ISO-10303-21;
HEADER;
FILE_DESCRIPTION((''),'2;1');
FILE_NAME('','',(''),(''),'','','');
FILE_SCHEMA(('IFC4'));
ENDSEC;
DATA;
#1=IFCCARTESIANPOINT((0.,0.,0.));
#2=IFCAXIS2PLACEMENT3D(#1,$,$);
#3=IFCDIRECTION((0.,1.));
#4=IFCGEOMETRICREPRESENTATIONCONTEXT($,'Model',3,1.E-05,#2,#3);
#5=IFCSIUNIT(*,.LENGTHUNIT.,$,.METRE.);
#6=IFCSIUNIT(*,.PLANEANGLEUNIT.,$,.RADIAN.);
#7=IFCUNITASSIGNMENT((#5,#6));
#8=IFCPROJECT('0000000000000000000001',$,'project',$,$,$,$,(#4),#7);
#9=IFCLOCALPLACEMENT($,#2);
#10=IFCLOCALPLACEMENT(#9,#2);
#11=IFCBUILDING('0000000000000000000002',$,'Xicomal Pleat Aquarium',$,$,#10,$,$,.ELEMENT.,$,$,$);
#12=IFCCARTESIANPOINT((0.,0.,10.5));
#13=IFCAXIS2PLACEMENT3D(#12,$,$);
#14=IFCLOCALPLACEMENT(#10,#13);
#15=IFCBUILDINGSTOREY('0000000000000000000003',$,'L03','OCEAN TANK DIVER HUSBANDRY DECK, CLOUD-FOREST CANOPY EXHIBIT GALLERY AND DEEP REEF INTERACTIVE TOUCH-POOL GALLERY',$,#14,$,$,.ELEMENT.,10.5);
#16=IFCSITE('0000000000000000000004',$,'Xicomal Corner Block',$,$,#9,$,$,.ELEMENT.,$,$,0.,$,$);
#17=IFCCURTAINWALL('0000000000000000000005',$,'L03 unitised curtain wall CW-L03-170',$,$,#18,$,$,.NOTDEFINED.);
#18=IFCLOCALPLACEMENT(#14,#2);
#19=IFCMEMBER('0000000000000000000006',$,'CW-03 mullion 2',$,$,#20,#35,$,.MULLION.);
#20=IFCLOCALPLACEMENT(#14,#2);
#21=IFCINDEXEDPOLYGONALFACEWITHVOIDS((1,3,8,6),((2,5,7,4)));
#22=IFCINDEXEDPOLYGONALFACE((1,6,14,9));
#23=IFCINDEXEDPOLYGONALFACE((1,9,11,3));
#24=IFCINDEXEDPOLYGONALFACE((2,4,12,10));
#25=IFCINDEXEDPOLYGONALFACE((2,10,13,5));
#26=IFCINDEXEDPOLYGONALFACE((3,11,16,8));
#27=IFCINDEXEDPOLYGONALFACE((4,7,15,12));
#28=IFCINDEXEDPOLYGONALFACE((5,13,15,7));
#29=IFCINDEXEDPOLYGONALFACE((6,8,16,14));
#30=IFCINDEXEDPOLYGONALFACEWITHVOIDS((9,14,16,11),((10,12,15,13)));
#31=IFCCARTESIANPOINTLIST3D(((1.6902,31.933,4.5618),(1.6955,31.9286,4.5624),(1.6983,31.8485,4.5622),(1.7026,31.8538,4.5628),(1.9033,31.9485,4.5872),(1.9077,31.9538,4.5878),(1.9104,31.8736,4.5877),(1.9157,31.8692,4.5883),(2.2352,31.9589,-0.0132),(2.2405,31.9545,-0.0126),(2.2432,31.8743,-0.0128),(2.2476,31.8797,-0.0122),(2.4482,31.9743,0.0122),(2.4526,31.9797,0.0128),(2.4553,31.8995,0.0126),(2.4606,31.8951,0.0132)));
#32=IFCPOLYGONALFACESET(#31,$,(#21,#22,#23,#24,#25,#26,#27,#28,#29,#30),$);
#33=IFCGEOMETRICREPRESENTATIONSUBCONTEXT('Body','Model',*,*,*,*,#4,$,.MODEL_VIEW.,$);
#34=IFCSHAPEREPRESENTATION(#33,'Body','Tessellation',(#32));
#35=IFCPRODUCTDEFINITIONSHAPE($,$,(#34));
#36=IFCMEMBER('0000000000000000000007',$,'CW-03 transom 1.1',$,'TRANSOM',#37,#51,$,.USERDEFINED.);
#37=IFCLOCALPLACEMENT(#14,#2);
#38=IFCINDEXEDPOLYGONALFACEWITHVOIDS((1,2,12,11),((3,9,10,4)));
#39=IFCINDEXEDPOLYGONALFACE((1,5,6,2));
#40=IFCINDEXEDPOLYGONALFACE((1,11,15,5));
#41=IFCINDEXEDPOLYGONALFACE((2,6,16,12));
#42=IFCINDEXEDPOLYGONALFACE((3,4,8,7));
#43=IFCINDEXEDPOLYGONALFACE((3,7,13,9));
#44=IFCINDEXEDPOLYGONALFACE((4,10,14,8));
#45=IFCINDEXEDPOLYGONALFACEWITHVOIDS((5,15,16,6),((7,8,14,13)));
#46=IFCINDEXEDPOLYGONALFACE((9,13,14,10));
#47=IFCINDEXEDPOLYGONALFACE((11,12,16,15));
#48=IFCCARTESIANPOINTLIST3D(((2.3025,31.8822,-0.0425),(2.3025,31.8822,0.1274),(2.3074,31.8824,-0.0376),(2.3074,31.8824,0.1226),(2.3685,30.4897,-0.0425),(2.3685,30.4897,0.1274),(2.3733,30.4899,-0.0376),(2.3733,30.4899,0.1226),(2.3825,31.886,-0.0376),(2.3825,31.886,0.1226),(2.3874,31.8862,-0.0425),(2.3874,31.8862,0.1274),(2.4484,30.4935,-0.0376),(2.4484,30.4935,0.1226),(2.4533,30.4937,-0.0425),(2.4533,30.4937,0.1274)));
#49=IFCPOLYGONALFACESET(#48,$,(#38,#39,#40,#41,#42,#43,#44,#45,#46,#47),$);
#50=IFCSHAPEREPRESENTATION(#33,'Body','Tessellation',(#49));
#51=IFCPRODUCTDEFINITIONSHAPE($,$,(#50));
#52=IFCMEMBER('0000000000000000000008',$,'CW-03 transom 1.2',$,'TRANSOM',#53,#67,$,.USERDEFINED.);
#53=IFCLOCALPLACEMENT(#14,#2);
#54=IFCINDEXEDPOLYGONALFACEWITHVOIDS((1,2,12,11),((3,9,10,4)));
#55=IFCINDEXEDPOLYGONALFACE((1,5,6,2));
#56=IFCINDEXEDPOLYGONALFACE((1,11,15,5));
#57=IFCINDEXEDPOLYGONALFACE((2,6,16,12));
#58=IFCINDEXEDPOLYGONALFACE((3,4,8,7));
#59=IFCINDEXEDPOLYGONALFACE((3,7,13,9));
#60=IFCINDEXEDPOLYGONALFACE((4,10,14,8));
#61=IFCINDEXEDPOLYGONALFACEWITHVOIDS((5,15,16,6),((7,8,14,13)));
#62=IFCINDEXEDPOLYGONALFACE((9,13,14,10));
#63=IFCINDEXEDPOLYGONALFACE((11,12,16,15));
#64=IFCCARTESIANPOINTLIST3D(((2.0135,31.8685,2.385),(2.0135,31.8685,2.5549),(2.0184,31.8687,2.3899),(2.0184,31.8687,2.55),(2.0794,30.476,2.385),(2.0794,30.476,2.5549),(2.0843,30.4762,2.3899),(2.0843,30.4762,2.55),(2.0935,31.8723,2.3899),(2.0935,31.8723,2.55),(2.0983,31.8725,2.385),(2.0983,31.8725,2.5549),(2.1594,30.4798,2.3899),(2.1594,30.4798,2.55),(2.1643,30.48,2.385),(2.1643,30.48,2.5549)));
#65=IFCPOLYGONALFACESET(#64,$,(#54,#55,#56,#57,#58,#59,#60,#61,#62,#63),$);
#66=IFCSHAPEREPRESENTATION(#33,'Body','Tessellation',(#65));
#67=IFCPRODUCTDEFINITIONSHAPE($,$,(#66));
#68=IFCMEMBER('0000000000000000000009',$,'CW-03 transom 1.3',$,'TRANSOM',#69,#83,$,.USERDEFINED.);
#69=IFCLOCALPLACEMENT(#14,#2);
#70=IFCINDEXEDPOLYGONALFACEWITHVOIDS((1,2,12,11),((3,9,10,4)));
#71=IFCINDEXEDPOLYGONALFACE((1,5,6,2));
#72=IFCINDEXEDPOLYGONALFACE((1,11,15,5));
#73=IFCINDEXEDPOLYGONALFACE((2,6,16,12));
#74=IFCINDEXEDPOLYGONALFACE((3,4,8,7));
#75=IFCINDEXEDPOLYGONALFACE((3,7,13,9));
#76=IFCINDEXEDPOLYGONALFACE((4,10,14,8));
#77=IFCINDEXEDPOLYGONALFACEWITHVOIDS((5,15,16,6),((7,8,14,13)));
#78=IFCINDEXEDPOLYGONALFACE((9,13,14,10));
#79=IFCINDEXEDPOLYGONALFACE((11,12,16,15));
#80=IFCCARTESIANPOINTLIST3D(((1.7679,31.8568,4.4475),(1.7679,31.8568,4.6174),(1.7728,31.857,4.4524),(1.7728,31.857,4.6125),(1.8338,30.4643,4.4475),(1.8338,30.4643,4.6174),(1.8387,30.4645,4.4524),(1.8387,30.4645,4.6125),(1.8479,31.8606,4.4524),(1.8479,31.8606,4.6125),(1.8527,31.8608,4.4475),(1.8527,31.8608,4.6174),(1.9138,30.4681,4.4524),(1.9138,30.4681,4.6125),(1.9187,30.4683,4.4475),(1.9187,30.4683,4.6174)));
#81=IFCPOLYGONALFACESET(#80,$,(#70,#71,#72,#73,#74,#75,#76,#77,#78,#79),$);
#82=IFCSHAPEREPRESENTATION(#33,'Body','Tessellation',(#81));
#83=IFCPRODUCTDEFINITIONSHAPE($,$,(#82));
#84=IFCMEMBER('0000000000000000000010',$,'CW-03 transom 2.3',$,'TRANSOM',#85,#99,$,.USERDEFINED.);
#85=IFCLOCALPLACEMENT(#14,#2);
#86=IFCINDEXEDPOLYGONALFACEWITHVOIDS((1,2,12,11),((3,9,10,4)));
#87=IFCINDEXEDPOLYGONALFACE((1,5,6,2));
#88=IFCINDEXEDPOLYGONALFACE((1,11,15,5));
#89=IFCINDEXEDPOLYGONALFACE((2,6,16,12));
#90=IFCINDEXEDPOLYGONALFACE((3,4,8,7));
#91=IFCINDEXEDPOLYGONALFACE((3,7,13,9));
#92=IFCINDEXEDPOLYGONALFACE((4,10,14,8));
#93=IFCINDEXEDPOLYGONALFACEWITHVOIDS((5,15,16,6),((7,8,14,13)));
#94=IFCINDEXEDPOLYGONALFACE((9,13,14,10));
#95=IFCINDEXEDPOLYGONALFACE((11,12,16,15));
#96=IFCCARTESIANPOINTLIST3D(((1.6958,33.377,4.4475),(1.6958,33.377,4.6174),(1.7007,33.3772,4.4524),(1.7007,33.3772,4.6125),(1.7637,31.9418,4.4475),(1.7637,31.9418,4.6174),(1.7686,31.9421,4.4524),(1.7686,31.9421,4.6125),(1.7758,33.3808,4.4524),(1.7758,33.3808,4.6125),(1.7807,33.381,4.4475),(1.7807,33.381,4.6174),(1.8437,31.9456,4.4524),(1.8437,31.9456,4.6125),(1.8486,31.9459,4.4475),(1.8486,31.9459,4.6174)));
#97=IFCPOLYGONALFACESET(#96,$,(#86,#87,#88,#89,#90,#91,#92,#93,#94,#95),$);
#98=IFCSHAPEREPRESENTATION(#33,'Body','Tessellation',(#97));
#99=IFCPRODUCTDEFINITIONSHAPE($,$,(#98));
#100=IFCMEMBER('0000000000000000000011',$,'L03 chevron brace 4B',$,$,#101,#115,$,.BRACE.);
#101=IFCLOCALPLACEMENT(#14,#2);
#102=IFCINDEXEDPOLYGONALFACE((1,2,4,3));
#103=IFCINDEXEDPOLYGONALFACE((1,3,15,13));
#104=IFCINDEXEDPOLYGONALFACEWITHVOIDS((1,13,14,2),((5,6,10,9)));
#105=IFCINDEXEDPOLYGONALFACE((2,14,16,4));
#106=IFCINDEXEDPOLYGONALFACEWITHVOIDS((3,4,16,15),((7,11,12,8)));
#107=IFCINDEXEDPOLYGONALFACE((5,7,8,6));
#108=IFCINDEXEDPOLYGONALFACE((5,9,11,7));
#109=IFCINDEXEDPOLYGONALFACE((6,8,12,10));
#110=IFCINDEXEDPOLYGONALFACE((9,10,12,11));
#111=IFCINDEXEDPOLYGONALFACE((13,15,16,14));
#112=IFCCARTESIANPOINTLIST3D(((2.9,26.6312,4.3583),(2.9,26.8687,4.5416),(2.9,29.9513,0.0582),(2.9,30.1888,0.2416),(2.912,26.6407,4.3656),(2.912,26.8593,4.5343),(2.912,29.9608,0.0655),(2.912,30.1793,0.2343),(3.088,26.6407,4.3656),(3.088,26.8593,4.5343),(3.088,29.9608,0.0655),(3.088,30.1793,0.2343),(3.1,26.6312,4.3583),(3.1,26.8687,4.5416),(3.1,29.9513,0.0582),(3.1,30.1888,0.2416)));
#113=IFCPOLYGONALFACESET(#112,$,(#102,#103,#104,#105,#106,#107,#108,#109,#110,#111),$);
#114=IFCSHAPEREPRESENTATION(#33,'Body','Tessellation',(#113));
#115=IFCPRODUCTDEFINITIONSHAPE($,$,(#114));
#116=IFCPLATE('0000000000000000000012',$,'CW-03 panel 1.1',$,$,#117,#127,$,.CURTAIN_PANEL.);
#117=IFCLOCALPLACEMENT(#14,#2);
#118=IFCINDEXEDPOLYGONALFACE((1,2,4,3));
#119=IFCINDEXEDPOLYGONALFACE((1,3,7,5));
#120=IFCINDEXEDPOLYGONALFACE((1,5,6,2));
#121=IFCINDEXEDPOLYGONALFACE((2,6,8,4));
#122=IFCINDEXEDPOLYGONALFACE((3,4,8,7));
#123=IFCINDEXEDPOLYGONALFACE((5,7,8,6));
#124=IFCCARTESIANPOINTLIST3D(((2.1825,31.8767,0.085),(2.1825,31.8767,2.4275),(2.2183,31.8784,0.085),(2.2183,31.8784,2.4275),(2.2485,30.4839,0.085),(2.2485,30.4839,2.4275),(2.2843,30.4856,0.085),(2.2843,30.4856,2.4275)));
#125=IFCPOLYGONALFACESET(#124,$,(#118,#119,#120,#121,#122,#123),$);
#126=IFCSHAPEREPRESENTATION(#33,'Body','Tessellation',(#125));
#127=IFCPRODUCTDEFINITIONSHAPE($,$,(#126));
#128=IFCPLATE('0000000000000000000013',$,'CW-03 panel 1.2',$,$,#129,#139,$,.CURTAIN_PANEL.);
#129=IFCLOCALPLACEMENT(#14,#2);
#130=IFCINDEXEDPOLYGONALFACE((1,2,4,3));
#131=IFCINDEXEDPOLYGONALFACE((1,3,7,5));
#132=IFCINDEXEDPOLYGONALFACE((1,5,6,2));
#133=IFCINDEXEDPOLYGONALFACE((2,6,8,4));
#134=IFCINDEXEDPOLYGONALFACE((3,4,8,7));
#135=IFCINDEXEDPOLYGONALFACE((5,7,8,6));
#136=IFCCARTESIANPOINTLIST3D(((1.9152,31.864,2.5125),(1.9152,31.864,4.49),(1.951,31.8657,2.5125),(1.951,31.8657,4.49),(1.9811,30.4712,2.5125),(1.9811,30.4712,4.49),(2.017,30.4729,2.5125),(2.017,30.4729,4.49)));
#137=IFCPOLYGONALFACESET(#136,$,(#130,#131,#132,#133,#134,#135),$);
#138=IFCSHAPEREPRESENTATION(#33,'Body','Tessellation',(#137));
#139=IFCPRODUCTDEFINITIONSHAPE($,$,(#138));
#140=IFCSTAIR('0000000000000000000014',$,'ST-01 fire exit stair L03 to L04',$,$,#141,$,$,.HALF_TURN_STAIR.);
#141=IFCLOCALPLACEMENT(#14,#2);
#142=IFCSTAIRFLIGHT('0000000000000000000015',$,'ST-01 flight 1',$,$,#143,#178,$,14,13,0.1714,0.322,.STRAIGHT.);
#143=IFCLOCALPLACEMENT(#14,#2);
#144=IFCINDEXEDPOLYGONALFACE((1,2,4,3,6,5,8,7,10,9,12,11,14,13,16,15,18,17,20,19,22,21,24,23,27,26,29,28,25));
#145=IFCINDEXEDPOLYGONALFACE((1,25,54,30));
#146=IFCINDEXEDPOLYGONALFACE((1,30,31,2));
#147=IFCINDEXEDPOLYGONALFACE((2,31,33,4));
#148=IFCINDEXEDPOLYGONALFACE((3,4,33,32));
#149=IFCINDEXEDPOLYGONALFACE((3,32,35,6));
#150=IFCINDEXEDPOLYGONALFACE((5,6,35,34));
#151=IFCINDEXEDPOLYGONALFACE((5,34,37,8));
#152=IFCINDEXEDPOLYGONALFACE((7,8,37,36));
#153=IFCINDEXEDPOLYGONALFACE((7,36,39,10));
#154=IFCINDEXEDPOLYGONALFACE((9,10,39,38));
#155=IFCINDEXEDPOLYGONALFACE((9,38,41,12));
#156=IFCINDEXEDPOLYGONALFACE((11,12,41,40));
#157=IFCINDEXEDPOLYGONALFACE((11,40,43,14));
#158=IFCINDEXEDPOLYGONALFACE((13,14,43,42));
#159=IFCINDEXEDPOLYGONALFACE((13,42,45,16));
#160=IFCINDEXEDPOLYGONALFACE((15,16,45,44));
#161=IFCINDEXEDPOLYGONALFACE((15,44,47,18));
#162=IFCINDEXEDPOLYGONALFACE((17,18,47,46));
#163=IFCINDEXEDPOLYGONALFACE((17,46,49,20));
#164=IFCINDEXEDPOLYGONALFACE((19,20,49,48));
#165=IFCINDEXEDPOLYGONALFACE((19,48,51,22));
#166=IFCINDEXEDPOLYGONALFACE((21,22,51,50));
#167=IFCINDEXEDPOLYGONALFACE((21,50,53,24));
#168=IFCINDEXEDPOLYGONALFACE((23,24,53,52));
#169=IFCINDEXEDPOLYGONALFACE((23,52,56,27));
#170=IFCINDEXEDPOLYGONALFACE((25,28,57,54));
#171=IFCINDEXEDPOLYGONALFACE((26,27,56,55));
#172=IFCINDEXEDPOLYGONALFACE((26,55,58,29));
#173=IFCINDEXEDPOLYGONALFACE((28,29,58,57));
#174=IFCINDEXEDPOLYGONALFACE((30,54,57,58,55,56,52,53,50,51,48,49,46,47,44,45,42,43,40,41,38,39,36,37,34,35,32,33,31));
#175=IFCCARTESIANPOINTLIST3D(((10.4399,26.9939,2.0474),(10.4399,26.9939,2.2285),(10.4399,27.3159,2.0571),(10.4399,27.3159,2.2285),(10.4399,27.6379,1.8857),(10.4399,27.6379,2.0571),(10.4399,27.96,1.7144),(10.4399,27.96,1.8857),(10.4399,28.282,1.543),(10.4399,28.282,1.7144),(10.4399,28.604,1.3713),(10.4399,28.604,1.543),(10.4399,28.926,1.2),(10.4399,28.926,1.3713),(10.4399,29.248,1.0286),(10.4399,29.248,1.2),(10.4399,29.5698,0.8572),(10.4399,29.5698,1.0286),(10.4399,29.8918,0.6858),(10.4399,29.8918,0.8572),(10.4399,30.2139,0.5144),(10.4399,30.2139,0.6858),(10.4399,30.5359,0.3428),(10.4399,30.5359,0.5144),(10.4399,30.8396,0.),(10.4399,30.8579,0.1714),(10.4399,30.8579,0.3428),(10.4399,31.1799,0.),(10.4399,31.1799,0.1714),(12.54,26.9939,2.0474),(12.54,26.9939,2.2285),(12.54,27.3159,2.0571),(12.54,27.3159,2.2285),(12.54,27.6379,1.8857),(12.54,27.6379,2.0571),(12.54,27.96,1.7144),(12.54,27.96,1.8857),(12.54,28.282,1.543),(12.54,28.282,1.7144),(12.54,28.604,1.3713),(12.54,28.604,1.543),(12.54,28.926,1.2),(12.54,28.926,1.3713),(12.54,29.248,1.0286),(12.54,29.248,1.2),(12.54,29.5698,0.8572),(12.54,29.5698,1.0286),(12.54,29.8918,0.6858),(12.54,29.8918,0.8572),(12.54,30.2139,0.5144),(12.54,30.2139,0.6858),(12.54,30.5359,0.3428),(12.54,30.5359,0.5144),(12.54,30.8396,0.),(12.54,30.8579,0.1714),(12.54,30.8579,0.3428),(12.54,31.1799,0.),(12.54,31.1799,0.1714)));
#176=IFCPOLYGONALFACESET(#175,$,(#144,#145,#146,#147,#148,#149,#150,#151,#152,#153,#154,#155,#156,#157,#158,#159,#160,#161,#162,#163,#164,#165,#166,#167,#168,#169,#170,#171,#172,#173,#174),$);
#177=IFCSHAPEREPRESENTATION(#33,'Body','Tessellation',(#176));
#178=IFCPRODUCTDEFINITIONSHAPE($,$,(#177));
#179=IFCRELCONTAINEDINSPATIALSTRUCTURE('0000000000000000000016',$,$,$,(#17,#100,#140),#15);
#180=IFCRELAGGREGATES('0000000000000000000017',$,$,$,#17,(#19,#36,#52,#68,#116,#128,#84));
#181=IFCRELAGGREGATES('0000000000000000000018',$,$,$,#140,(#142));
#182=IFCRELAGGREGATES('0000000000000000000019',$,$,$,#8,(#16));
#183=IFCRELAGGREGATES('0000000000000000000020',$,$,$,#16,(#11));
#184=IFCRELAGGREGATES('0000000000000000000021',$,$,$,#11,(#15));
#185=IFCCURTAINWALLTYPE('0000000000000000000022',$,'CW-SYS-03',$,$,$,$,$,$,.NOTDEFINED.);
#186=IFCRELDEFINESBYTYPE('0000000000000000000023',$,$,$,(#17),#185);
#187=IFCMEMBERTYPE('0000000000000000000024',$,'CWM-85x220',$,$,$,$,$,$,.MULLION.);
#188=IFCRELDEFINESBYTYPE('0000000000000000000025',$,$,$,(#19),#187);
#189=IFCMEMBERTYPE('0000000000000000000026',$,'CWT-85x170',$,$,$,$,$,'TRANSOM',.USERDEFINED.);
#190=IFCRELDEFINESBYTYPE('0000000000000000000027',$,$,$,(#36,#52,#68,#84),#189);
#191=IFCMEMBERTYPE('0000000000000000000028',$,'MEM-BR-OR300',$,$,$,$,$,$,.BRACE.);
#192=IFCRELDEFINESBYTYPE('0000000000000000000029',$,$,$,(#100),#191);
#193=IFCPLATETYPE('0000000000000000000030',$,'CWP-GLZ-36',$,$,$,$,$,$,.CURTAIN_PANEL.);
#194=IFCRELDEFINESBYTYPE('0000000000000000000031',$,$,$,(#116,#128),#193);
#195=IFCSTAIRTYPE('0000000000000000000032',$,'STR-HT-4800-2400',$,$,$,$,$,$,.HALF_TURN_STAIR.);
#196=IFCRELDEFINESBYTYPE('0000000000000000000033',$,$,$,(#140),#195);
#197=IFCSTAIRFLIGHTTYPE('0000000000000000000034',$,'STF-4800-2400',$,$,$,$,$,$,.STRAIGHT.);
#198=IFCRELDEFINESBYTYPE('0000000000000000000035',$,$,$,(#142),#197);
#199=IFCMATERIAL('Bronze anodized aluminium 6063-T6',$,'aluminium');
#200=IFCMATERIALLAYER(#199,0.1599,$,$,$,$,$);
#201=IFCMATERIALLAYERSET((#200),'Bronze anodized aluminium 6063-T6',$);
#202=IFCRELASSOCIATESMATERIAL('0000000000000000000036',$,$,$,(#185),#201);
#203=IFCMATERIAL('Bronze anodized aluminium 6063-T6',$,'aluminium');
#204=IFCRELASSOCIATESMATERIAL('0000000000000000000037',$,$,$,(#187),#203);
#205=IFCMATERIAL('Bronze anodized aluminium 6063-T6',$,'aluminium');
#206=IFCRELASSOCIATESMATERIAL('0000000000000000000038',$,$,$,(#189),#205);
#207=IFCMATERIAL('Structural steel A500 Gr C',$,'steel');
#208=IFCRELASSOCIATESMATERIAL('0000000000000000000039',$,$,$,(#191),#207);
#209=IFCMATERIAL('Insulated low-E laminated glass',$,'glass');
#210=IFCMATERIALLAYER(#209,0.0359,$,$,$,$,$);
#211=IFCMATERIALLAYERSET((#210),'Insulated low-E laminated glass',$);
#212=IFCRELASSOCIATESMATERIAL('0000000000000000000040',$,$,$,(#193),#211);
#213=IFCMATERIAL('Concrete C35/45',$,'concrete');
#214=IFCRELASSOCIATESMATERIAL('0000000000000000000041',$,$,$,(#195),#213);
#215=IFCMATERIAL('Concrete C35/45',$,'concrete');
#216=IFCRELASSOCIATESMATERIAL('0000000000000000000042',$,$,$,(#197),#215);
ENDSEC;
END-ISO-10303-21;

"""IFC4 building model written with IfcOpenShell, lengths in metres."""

from ifc_helpers import new_model, si_unit, direction, frame, origin, origin_2d, place, context, subcontext, project, spatial, polyline, rectangle, hollow_rectangle, outline, extrude, material, layer, layer_set, material_profile, profile_set, type_object, element, aggregate, save


model = new_model("IFC4")

# Units and contexts
model_context = context("Model", 3, precision=1e-05, world=origin(), true_north=direction((0.0, 1.0)))
body_context = subcontext(model_context, "Body", "Model", "MODEL_VIEW")
ifc_project = project(units=[si_unit("LENGTHUNIT", "METRE"), si_unit("PLANEANGLEUNIT", "RADIAN")], contexts=[model_context])

# Site, building, storey
site_placement = place(None, origin())
site = spatial("IfcSite", under=ifc_project, at=site_placement, Name="Xicomal Corner Block", CompositionType="ELEMENT", RefElevation=0.0)
building_placement = place(site_placement, origin())
building = spatial("IfcBuilding", under=site, at=building_placement, Name="Xicomal Pleat Aquarium", CompositionType="ELEMENT")
storey_placement = place(building_placement, frame((0.0, 0.0, 10.5)))
storey = spatial("IfcBuildingStorey", under=building, at=storey_placement, Name="L03", Description="OCEAN TANK DIVER HUSBANDRY DECK, CLOUD-FOREST CANOPY EXHIBIT GALLERY AND DEEP REEF INTERACTIVE TOUCH-POOL GALLERY", CompositionType="ELEMENT", Elevation=10.5)

# Curtain wall, members
ifc_material_1 = material(Name="Bronze anodized aluminium 6063-T6", Category="aluminium")
ifc_layer_1 = layer(ifc_material_1, 0.1599)
ifc_layer_set_1 = layer_set([ifc_layer_1], Name="Bronze anodized aluminium 6063-T6")
curtain_wall_type = type_object("IfcCurtainWallType", Name="CW-SYS-03", PredefinedType="NOTDEFINED", material=ifc_layer_set_1)
curtain_wall_placement = place(storey_placement, origin())
curtain_wall = element("IfcCurtainWall", 1, at=curtain_wall_placement, inside=storey, type_object=curtain_wall_type, Name="L03 unitised curtain wall CW-L03-170", PredefinedType="NOTDEFINED")
ifc_material_2 = material(Name="Bronze anodized aluminium 6063-T6", Category="aluminium")
ifc_material_profile_1 = material_profile(ifc_material_2, hollow_rectangle(XDim=0.085, YDim=0.22, WallThickness=0.0049, at=origin_2d()), Name="ALU MULL 85x220")
ifc_profile_set_1 = profile_set([ifc_material_profile_1], Name="Bronze anodized aluminium 6063-T6")
member_type_1 = type_object("IfcMemberType", Name="CWM-85x220", PredefinedType="MULLION", material=ifc_profile_set_1)
member_1_placement = place(storey_placement, frame((2.3479, 31.927, 0.0), z_axis=(-0.118272, -0.005617, 0.992965), x_axis=(-0.094314, 0.995527, -0.005602)))
member_1 = element("IfcMember", 2, at=member_1_placement, type_object=member_type_1, Name="CW-03 mullion 2", PredefinedType="MULLION", context=body_context, shape_type="SweptSolid", body=[
    extrude(hollow_rectangle(XDim=0.085, YDim=0.22, WallThickness=0.0049, at=origin_2d()), origin(), (0.0, 0.0, 1.0), 4.6074),
])
ifc_material_3 = material(Name="Bronze anodized aluminium 6063-T6", Category="aluminium")
ifc_material_profile_2 = material_profile(ifc_material_3, hollow_rectangle(XDim=0.085, YDim=0.1699, WallThickness=0.0049, at=origin_2d()), Name="ALU TRAN 85x170")
ifc_profile_set_2 = profile_set([ifc_material_profile_2], Name="Bronze anodized aluminium 6063-T6")
member_type_2 = type_object("IfcMemberType", Name="CWT-85x170", ElementType="TRANSOM", PredefinedType="USERDEFINED", material=ifc_profile_set_2)
member_2_placement = place(storey_placement, frame((2.4109, 30.4917, 0.0425), z_axis=(-0.047282, 0.998882, 0.0), x_axis=(-0.998882, -0.047282, 0.0)))
member_2 = element("IfcMember", 3, at=member_2_placement, type_object=member_type_2, Name="CW-03 transom 1.1", ObjectType="TRANSOM", PredefinedType="USERDEFINED", context=body_context, shape_type="SweptSolid", body=[
    extrude(hollow_rectangle(XDim=0.085, YDim=0.1699, WallThickness=0.0049, at=origin_2d()), origin(), (0.0, 0.0, 1.0), 1.394),
])
member_3_placement = place(storey_placement, frame((2.1218, 30.478, 2.47), z_axis=(-0.047282, 0.998882, 0.0), x_axis=(-0.998882, -0.047282, 0.0)))
member_3 = element("IfcMember", 4, at=member_3_placement, type_object=member_type_2, Name="CW-03 transom 1.2", ObjectType="TRANSOM", PredefinedType="USERDEFINED", context=body_context, shape_type="SweptSolid", body=[
    extrude(hollow_rectangle(XDim=0.085, YDim=0.1699, WallThickness=0.0049, at=origin_2d()), origin(), (0.0, 0.0, 1.0), 1.394),
])
member_4_placement = place(storey_placement, frame((1.8762, 30.4663, 4.5325), z_axis=(-0.047282, 0.998882, 0.0), x_axis=(-0.998882, -0.047282, 0.0)))
member_4 = element("IfcMember", 5, at=member_4_placement, type_object=member_type_2, Name="CW-03 transom 1.3", ObjectType="TRANSOM", PredefinedType="USERDEFINED", context=body_context, shape_type="SweptSolid", body=[
    extrude(hollow_rectangle(XDim=0.085, YDim=0.1699, WallThickness=0.0049, at=origin_2d()), origin(), (0.0, 0.0, 1.0), 1.394),
])
member_5_placement = place(storey_placement, frame((1.8062, 31.9438, 4.5325), z_axis=(-0.047242, 0.998883, 0.0), x_axis=(-0.998883, -0.047242, 0.0)))
member_5 = element("IfcMember", 6, at=member_5_placement, type_object=member_type_2, Name="CW-03 transom 2.3", ObjectType="TRANSOM", PredefinedType="USERDEFINED", context=body_context, shape_type="SweptSolid", body=[
    extrude(hollow_rectangle(XDim=0.085, YDim=0.1699, WallThickness=0.0049, at=origin_2d()), origin(), (0.0, 0.0, 1.0), 1.4368),
])

# Member
ifc_material_4 = material(Name="Structural steel A500 Gr C", Category="steel")
ifc_material_profile_3 = material_profile(ifc_material_4, hollow_rectangle(XDim=0.2, YDim=0.3, WallThickness=0.012, at=origin_2d()), Name="OR 300x200x12")
ifc_profile_set_3 = profile_set([ifc_material_profile_3], Name="Structural steel A500 Gr C")
member_type_3 = type_object("IfcMemberType", Name="MEM-BR-OR300", PredefinedType="BRACE", material=ifc_profile_set_3)
member_6_placement = place(storey_placement, frame((3.0, 30.0701, 0.1499), z_axis=(0.0, -0.611137, 0.791525), x_axis=(1.0, 0.0, 0.0)))
element("IfcMember", 7, at=member_6_placement, inside=storey, type_object=member_type_3, Name="L03 chevron brace 4B", PredefinedType="BRACE", context=body_context, shape_type="SweptSolid", body=[
    extrude(hollow_rectangle(XDim=0.2, YDim=0.3, WallThickness=0.012, at=origin_2d()), origin(), (0.0, 0.0, 1.0), 5.4326),
])

# Plates
ifc_material_5 = material(Name="Insulated low-E laminated glass", Category="glass")
ifc_layer_2 = layer(ifc_material_5, 0.0359)
ifc_layer_set_2 = layer_set([ifc_layer_2], Name="Insulated low-E laminated glass")
plate_type = type_object("IfcPlateType", Name="CWP-GLZ-36", PredefinedType="CURTAIN_PANEL", material=ifc_layer_set_2)
plate_1_placement = place(storey_placement, frame((2.2334, 31.1812, 0.085), z_axis=(0.0, 0.0, 1.0), x_axis=(-0.047315, 0.99888, 0.0)))
plate_1 = element("IfcPlate", 8, at=plate_1_placement, type_object=plate_type, Name="CW-03 panel 1.1", PredefinedType="CURTAIN_PANEL", context=body_context, shape_type="SweptSolid", body=[
    extrude(rectangle(XDim=1.3943, YDim=0.0359, at=origin_2d()), origin(), (0.0, 0.0, 1.0), 2.3425),
])
plate_2_placement = place(storey_placement, frame((1.9661, 31.1685, 2.5125), z_axis=(0.0, 0.0, 1.0), x_axis=(-0.047315, 0.99888, 0.0)))
plate_2 = element("IfcPlate", 9, at=plate_2_placement, type_object=plate_type, Name="CW-03 panel 1.2", PredefinedType="CURTAIN_PANEL", context=body_context, shape_type="SweptSolid", body=[
    extrude(rectangle(XDim=1.3943, YDim=0.0359, at=origin_2d()), origin(), (0.0, 0.0, 1.0), 1.9775),
])
aggregate(curtain_wall, [member_1, member_2, member_3, member_4, plate_1, plate_2, member_5])

# Stair, stair flight
ifc_material_6 = material(Name="Concrete C35/45", Category="concrete")
stair_type = type_object("IfcStairType", Name="STR-HT-4800-2400", PredefinedType="HALF_TURN_STAIR", material=ifc_material_6)
stair_placement = place(storey_placement, origin())
stair = element("IfcStair", 10, at=stair_placement, inside=storey, type_object=stair_type, Name="ST-01 fire exit stair L03 to L04", PredefinedType="HALF_TURN_STAIR")
ifc_material_7 = material(Name="Concrete C35/45", Category="concrete")
stair_flight_type = type_object("IfcStairFlightType", Name="STF-4800-2400", PredefinedType="STRAIGHT", material=ifc_material_7)
stair_flight_1_placement = place(storey_placement, frame((11.49, 31.1799, 0.0), z_axis=(0.0, 0.0, 1.0), x_axis=(0.0, -1.0, 0.0)))
stair_flight_1 = element("IfcStairFlight", 11, at=stair_flight_1_placement, type_object=stair_flight_type, Name="ST-01 flight 1", NumberOfRisers=14, NumberOfTreads=13, PredefinedType="STRAIGHT", RiserHeight=0.1714, TreadLength=0.322, context=body_context, shape_type="SweptSolid", body=[
    extrude(outline(polyline([(0.0, 0.0), (0.0, 0.1714), (0.322, 0.1714), (0.322, 0.3428), (0.644, 0.3428), (0.644, 0.5144), (0.9661, 0.5144), (0.9661, 0.6858), (1.2881, 0.6858), (1.2881, 0.8572), (1.6101, 0.8572), (1.6101, 1.0286), (1.9319, 1.0286), (1.9319, 1.2), (2.2539, 1.2), (2.2539, 1.3713), (2.5759, 1.3713), (2.5759, 1.543), (2.8979, 1.543), (2.8979, 1.7144), (3.22, 1.7144), (3.22, 1.8857), (3.542, 1.8857), (3.542, 2.0571), (3.864, 2.0571), (3.864, 2.2285), (4.186, 2.2285), (4.186, 2.3999), (4.186, 2.0474), (0.3403, 0.0), (0.0, 0.0)])), frame((0.0, 1.05, 0.0), z_axis=(0.0, -1.0, 0.0), x_axis=(1.0, 0.0, 0.0)), (0.0, 0.0, 1.0), 2.1001),
])
aggregate(stair, [stair_flight_1])

save(model, "model.ifc")
